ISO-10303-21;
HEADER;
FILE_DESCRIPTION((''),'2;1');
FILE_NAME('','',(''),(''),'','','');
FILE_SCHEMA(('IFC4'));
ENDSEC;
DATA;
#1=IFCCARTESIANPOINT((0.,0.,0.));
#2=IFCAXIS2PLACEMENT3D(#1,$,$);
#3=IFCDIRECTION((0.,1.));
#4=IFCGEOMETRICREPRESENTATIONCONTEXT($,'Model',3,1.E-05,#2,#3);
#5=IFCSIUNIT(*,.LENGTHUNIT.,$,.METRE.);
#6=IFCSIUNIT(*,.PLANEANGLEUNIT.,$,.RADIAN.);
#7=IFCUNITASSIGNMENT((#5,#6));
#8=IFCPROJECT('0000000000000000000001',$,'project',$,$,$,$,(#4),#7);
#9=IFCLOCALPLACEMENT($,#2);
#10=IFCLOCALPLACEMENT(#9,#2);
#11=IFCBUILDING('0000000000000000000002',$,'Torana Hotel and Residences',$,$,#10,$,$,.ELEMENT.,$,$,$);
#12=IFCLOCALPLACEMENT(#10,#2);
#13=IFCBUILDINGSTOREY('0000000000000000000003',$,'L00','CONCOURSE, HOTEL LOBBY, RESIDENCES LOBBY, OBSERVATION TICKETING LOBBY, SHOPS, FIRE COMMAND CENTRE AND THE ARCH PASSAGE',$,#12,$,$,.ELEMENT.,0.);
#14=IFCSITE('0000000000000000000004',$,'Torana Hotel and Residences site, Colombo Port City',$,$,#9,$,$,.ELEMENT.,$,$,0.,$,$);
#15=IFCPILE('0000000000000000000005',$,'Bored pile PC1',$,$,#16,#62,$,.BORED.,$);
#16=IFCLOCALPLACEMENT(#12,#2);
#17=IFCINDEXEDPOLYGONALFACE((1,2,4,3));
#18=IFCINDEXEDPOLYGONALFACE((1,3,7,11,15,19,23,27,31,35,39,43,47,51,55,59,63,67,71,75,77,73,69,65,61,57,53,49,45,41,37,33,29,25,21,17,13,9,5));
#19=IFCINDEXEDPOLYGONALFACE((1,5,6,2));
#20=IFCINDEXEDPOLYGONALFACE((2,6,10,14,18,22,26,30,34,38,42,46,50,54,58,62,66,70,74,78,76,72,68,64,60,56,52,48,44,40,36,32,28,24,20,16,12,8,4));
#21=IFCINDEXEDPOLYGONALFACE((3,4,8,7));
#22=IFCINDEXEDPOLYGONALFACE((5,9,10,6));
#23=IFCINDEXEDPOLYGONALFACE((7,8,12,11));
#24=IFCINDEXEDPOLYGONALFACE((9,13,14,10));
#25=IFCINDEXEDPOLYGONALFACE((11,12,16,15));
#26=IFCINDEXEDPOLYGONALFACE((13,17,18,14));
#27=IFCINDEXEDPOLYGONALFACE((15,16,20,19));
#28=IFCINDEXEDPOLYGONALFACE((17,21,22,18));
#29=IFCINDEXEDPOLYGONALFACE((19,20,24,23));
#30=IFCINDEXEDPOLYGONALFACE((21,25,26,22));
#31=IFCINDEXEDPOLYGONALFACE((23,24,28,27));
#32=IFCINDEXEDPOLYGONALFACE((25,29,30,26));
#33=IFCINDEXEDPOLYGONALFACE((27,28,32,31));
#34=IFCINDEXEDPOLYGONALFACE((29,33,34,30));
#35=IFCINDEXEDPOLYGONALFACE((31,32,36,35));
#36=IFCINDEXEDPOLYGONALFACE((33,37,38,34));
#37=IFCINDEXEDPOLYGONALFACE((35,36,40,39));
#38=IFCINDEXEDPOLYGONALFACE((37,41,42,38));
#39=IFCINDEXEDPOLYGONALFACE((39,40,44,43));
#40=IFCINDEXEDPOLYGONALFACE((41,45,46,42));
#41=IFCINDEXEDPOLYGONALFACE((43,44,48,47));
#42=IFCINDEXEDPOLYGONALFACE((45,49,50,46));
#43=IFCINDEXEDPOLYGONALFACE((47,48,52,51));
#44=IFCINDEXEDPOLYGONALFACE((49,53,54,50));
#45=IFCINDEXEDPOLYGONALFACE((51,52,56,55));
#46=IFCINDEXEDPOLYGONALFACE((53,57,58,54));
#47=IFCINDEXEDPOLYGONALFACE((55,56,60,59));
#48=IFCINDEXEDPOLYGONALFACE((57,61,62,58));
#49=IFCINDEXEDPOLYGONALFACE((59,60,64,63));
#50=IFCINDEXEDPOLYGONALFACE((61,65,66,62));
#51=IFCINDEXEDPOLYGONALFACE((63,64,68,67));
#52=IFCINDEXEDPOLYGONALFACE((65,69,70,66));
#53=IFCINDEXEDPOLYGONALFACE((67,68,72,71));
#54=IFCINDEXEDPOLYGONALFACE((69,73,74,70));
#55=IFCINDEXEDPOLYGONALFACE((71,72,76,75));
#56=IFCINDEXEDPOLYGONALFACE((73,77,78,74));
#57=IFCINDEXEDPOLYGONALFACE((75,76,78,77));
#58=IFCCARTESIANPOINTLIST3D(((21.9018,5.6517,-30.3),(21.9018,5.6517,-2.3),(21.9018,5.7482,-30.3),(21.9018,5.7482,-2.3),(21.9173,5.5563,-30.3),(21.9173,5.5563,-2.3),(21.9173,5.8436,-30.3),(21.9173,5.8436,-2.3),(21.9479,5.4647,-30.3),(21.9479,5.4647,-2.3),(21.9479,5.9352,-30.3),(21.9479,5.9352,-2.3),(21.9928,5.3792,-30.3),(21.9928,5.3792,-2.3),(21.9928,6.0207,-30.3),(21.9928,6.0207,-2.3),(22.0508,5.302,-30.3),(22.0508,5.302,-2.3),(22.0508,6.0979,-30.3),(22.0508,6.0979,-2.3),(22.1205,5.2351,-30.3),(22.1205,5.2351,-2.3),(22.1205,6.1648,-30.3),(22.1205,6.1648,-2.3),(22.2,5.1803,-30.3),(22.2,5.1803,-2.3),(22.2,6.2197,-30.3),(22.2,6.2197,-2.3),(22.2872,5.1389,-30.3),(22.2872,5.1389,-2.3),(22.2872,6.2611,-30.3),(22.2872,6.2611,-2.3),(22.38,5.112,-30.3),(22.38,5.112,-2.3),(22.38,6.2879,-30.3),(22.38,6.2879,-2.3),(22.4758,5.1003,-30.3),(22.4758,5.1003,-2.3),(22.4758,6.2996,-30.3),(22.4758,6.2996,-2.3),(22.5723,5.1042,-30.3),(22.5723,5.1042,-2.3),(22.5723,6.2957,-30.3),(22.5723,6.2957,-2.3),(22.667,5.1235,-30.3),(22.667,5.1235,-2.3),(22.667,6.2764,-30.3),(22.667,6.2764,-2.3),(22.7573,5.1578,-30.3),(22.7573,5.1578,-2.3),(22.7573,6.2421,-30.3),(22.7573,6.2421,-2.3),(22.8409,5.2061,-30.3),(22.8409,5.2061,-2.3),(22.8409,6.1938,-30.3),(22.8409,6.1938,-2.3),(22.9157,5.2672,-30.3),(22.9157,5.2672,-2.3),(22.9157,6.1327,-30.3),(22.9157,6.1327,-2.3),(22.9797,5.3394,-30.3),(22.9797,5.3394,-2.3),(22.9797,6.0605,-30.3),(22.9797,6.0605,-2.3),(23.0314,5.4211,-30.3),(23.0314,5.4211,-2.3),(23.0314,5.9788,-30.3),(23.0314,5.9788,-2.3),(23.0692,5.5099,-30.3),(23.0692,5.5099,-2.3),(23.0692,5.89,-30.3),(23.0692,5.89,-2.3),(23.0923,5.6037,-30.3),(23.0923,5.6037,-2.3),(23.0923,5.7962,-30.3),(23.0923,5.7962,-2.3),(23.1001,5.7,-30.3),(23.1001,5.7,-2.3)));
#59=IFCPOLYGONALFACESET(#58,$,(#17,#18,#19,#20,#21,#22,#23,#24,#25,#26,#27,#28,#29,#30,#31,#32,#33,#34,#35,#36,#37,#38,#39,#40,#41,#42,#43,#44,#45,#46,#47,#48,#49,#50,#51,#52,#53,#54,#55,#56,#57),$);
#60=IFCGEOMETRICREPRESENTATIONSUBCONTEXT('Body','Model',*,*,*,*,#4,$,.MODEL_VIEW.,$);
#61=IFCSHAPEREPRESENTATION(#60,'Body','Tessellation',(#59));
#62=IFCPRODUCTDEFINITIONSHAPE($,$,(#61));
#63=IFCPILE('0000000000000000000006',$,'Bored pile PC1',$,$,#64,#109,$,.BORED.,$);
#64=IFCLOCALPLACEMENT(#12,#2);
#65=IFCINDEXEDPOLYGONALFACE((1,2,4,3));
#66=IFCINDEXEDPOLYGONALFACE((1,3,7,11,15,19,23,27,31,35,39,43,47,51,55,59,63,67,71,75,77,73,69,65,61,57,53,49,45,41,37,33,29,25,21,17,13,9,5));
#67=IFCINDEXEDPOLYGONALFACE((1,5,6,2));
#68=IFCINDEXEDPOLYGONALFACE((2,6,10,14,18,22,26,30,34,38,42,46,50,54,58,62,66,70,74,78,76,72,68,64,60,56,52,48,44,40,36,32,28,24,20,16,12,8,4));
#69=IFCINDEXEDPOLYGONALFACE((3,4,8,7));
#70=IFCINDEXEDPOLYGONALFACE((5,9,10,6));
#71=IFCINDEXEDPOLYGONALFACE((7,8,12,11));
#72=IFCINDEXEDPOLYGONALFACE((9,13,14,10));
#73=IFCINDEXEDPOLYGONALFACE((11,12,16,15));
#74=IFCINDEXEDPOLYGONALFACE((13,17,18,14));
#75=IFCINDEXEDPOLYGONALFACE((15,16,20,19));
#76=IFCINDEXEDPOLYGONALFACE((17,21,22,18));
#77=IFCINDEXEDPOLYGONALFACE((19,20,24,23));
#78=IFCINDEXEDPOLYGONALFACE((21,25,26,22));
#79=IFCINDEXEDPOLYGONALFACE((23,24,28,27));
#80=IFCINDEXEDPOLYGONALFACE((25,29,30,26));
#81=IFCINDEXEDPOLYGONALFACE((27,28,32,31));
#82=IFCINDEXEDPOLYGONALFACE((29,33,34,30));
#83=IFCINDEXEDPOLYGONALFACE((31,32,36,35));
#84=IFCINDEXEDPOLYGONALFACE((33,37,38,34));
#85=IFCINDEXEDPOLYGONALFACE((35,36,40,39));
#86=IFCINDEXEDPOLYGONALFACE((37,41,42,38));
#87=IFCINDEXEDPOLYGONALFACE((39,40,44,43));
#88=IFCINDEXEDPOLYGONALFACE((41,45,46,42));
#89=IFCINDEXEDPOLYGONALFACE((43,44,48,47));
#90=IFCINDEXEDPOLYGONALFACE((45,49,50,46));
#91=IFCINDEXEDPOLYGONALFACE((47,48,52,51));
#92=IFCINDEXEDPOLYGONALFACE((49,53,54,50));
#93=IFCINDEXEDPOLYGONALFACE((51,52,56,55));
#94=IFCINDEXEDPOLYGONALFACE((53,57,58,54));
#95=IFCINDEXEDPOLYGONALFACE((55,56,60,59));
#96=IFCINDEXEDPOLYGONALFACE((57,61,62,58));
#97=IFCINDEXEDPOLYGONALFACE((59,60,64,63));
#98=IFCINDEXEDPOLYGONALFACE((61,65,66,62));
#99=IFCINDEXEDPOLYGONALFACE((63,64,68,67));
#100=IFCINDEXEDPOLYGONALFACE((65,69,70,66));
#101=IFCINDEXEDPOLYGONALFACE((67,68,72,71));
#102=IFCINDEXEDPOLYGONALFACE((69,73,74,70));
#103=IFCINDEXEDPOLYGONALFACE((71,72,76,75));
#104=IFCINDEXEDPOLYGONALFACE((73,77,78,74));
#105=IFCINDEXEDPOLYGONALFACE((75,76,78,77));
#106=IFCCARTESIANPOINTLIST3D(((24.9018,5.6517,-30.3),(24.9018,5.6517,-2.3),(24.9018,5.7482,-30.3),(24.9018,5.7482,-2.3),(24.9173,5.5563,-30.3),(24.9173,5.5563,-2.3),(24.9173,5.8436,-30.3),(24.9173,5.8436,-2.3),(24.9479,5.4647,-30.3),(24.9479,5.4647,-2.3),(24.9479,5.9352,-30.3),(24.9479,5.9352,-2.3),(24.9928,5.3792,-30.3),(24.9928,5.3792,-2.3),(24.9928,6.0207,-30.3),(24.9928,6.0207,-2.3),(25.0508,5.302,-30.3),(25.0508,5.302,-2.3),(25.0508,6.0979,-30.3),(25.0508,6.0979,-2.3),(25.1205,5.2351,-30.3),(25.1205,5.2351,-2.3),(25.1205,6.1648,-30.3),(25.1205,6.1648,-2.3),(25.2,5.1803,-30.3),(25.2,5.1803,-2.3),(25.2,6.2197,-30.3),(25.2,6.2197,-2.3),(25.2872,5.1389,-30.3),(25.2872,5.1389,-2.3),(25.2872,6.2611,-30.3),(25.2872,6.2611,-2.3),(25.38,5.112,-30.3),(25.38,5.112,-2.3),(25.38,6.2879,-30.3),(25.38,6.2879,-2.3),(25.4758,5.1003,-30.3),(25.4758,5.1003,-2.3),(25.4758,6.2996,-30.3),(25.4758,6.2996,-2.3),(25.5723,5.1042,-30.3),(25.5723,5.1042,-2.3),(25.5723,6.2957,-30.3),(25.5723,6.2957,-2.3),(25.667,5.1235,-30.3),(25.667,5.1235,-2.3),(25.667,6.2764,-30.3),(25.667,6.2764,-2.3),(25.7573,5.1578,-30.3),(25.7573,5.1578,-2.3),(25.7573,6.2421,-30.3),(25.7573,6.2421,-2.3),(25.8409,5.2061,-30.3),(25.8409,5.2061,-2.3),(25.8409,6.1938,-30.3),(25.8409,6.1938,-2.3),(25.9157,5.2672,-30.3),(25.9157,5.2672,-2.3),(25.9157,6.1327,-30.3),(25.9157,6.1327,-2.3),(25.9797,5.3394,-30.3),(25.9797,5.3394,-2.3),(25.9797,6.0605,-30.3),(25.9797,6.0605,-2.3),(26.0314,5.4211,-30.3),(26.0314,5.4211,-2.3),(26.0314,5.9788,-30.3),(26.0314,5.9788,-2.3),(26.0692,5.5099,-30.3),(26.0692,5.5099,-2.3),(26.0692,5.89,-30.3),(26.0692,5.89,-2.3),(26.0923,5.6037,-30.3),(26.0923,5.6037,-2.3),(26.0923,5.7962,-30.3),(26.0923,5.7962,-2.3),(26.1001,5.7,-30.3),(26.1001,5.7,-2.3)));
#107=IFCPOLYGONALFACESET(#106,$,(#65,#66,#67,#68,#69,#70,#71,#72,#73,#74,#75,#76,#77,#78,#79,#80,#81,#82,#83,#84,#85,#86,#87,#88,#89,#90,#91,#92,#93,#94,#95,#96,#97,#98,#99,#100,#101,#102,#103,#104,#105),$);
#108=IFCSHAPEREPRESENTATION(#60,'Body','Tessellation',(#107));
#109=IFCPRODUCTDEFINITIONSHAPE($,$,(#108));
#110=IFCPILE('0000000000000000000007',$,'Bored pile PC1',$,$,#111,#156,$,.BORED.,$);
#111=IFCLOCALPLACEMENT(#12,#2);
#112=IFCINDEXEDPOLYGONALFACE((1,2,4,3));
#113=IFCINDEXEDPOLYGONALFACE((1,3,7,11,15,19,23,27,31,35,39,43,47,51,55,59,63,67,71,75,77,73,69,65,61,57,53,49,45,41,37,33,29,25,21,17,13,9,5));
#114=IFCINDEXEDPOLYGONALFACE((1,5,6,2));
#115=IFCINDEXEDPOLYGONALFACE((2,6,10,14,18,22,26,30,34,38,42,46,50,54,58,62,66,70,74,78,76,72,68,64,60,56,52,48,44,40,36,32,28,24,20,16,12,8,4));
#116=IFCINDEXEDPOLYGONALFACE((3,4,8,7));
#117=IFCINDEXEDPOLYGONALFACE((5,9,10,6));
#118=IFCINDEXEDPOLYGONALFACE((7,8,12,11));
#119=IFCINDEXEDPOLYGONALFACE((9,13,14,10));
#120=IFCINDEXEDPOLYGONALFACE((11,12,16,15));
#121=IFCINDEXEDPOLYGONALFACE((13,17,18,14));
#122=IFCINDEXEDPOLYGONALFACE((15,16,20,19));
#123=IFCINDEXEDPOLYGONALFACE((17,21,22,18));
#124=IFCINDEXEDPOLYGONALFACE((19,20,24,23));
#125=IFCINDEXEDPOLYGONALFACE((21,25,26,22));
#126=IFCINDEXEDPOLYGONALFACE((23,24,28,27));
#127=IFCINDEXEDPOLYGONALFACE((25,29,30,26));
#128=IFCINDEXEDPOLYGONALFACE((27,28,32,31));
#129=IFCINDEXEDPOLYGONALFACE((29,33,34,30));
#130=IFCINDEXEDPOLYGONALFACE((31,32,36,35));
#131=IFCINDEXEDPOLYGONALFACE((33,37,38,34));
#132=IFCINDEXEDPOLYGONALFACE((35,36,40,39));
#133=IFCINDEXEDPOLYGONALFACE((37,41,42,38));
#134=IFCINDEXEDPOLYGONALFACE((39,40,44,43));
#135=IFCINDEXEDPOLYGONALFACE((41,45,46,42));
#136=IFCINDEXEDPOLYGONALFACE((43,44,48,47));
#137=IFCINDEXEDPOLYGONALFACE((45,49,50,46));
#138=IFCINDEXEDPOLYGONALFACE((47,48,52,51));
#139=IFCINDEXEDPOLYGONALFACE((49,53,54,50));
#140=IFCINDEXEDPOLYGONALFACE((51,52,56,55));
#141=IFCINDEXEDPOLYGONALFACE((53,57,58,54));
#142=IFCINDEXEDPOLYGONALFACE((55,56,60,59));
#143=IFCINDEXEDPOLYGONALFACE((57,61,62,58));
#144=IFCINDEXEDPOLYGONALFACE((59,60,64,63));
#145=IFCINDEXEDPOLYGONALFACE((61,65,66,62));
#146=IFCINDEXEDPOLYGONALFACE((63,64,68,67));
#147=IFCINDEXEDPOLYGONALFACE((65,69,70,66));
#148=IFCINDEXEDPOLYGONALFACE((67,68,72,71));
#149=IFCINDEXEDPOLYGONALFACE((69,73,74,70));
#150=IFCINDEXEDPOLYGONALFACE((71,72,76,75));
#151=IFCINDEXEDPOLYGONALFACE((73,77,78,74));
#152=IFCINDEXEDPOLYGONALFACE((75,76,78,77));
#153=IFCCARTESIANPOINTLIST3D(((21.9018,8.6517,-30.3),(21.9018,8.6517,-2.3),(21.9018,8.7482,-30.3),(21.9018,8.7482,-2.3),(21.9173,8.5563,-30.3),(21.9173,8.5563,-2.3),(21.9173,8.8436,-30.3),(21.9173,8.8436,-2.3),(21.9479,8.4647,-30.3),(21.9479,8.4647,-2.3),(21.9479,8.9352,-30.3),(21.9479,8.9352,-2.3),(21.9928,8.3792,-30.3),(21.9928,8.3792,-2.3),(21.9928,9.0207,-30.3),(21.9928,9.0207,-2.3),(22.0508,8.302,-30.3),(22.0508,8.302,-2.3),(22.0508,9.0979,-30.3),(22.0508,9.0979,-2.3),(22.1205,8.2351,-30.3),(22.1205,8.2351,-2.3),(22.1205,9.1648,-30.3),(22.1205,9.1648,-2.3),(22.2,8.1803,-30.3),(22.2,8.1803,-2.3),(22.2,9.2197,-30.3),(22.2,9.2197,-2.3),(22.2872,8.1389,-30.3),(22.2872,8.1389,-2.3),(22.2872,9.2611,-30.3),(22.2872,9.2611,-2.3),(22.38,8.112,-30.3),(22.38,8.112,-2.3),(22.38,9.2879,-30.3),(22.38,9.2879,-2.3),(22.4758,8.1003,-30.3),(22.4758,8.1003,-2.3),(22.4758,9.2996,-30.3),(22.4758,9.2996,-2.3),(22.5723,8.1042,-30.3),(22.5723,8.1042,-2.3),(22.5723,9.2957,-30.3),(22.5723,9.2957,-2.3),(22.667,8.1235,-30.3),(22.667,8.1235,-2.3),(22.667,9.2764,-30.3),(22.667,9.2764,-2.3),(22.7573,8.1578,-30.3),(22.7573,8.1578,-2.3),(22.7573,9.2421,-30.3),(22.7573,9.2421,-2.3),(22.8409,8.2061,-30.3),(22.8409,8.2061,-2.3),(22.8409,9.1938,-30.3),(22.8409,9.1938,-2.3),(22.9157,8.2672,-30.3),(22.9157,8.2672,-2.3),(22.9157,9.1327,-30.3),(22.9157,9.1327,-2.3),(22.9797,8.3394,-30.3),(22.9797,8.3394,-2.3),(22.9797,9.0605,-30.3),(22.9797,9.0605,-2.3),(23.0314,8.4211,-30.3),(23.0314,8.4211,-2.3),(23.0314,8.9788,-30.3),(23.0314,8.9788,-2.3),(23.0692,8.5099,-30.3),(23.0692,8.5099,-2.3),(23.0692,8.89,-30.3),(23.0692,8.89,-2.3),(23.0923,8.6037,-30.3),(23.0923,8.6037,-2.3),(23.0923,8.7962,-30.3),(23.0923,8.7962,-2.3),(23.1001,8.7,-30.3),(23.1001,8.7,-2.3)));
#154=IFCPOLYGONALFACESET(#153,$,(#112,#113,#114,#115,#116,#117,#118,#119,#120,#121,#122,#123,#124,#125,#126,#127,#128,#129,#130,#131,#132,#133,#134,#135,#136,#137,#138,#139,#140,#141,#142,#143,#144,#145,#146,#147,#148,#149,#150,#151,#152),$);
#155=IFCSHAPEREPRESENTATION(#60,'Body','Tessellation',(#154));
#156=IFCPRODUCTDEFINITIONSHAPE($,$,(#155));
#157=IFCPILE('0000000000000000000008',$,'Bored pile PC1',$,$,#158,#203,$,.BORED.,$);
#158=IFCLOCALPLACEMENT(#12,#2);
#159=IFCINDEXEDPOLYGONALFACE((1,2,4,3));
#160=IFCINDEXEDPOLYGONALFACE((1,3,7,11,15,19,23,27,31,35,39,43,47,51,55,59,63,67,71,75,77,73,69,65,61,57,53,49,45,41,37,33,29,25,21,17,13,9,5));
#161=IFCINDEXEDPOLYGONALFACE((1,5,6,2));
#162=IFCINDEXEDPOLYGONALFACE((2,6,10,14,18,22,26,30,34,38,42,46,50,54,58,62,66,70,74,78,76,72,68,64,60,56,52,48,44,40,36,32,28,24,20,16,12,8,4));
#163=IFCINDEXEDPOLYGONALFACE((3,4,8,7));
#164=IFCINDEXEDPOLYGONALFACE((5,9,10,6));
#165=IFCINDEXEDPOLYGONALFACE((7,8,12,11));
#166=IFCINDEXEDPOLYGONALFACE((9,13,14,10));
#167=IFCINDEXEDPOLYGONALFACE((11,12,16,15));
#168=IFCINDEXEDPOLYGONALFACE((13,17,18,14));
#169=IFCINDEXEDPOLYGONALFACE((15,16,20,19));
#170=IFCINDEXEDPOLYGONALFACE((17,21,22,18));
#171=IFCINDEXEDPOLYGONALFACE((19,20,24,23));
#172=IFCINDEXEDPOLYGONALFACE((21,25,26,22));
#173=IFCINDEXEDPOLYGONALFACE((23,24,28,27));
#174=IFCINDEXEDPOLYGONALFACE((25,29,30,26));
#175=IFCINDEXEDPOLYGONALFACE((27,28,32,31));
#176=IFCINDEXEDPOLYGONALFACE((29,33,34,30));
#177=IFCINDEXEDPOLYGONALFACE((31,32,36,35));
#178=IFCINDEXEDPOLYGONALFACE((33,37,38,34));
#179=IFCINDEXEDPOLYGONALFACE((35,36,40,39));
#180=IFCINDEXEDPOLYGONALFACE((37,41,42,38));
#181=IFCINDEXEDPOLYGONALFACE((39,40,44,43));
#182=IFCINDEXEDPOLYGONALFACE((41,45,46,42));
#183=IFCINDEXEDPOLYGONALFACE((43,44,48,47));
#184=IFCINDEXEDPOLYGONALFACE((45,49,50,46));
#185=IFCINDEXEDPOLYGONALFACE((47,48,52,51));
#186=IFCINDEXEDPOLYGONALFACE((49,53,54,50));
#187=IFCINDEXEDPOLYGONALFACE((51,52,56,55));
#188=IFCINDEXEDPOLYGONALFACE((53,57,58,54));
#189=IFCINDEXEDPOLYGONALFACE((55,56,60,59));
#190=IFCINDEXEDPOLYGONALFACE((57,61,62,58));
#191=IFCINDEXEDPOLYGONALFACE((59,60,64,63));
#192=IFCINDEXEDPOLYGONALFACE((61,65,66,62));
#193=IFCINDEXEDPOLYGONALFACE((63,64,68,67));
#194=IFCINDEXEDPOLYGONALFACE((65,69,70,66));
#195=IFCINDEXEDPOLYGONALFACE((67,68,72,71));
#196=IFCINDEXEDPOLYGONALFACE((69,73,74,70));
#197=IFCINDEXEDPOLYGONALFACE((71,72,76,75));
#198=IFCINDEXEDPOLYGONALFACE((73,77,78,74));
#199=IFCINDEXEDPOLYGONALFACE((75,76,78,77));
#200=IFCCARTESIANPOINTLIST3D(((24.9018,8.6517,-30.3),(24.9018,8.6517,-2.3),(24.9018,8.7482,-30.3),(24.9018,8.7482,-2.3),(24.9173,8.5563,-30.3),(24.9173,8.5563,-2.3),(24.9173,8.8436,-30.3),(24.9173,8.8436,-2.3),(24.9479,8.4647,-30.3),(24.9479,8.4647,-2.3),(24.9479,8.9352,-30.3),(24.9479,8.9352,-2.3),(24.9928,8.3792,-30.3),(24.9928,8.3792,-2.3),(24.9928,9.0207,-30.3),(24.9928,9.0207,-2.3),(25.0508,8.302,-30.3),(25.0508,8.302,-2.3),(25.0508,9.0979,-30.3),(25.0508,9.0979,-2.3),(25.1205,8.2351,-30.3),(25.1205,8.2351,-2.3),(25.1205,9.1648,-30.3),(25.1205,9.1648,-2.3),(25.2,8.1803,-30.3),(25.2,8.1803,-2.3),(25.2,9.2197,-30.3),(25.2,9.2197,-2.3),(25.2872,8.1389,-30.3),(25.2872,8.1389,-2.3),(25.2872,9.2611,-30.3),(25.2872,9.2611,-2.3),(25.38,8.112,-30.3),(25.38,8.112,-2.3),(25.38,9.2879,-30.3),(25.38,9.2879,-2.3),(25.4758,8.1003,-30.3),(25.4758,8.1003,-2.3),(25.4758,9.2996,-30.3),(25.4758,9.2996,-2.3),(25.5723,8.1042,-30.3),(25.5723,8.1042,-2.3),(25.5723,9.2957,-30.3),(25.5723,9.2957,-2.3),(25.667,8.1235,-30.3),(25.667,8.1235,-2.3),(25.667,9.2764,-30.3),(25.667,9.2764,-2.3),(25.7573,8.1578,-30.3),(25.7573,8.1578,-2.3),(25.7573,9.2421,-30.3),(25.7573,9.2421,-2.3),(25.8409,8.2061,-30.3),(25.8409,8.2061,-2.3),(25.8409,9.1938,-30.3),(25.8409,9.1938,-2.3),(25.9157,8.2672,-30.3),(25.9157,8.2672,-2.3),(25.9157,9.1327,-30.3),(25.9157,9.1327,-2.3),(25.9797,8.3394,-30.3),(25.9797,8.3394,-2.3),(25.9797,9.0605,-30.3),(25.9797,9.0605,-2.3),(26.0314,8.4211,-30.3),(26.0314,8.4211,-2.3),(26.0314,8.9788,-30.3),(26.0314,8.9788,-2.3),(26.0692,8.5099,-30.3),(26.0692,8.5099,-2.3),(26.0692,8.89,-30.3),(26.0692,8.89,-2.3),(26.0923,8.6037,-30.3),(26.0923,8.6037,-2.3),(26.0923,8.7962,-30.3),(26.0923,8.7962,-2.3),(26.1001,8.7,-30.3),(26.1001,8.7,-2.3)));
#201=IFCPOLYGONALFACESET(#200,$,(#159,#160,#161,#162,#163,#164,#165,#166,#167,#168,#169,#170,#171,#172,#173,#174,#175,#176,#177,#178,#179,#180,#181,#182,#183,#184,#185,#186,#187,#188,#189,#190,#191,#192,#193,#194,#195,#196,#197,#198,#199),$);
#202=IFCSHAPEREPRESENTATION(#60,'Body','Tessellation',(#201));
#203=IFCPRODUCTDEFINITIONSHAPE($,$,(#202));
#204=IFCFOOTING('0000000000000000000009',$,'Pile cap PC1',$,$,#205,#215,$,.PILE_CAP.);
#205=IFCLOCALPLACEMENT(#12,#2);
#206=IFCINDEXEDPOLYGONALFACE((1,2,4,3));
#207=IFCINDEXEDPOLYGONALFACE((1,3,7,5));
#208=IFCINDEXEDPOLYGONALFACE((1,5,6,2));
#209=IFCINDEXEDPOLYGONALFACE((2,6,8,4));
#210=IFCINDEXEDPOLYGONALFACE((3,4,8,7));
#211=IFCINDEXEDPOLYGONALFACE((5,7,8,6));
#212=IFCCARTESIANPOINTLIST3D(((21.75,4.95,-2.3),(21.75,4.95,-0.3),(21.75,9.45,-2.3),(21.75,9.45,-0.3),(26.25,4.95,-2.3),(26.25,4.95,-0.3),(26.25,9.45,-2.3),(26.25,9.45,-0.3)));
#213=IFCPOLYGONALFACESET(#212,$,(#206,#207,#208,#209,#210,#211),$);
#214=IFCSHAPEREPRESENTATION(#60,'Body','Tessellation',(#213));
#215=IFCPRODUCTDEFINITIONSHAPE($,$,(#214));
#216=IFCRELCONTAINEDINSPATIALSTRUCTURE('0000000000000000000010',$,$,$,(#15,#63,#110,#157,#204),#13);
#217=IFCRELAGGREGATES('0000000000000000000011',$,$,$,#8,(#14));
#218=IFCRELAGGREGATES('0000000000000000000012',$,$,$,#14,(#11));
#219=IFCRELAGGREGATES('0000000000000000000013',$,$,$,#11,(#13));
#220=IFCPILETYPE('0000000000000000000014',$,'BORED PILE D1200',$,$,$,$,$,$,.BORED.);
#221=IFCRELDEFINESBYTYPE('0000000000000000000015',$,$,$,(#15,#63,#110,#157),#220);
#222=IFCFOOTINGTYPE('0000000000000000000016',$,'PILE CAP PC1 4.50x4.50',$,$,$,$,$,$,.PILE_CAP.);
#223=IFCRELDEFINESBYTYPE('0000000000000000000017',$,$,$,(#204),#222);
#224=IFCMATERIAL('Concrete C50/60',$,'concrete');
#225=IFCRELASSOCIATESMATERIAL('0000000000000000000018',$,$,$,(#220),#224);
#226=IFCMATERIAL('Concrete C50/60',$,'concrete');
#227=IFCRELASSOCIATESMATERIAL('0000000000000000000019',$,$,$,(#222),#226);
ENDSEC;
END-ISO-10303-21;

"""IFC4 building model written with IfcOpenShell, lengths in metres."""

from ifc_helpers import new_model, si_unit, direction, frame, origin, origin_2d, place, context, subcontext, project, spatial, rectangle, circle, extrude, material, type_object, element, save


model = new_model("IFC4")

# Units and contexts
model_context = context("Model", 3, precision=1e-05, world=origin(), true_north=direction((0.0, 1.0)))
body_context = subcontext(model_context, "Body", "Model", "MODEL_VIEW")
ifc_project = project(units=[si_unit("LENGTHUNIT", "METRE"), si_unit("PLANEANGLEUNIT", "RADIAN")], contexts=[model_context])

# Site, building, storey
site_placement = place(None, origin())
site = spatial("IfcSite", under=ifc_project, at=site_placement, Name="Torana Hotel and Residences site, Colombo Port City", CompositionType="ELEMENT", RefElevation=0.0)
building_placement = place(site_placement, origin())
building = spatial("IfcBuilding", under=site, at=building_placement, Name="Torana Hotel and Residences", CompositionType="ELEMENT")
storey_placement = place(building_placement, origin())
storey = spatial("IfcBuildingStorey", under=building, at=storey_placement, Name="L00", Description="CONCOURSE, HOTEL LOBBY, RESIDENCES LOBBY, OBSERVATION TICKETING LOBBY, SHOPS, FIRE COMMAND CENTRE AND THE ARCH PASSAGE", CompositionType="ELEMENT", Elevation=0.0)

# Piles
ifc_material_1 = material(Name="Concrete C50/60", Category="concrete")
pile_type = type_object("IfcPileType", Name="BORED PILE D1200", PredefinedType="BORED", material=ifc_material_1)
for number, where, z_axis, x_axis, name in (
    (1, (22.5, 5.7, -2.3), (0.0, 0.0, -1.0), (1.0, 0.0, 0.0), "Bored pile PC1"),
    (2, (25.5, 5.7, -2.3), (0.0, 0.0, -1.0), (1.0, 0.0, 0.0), "Bored pile PC1"),
    (3, (22.5, 8.7, -2.3), (0.0, 0.0, -1.0), (1.0, 0.0, 0.0), "Bored pile PC1"),
    (4, (25.5, 8.7, -2.3), (0.0, 0.0, -1.0), (1.0, 0.0, 0.0), "Bored pile PC1"),
):
    element("IfcPile", number, at=place(storey_placement, frame(where, z_axis=z_axis, x_axis=x_axis)), inside=storey, type_object=pile_type, Name=name, PredefinedType="BORED", context=body_context, shape_type="SweptSolid", body=[
        extrude(circle(Radius=0.6001, at=origin_2d()), origin(), (0.0, 0.0, 1.0), 28.0),
    ])

# Footing
ifc_material_2 = material(Name="Concrete C50/60", Category="concrete")
footing_type = type_object("IfcFootingType", Name="PILE CAP PC1 4.50x4.50", PredefinedType="PILE_CAP", material=ifc_material_2)
footing_placement = place(storey_placement, frame((24.0, 7.2, -2.3), z_axis=(0.0, 0.0, 1.0), x_axis=(1.0, 0.0, 0.0)))
element("IfcFooting", 5, at=footing_placement, inside=storey, type_object=footing_type, Name="Pile cap PC1", PredefinedType="PILE_CAP", context=body_context, shape_type="SweptSolid", body=[
    extrude(rectangle(XDim=4.5, YDim=4.5, at=origin_2d()), origin(), (0.0, 0.0, 1.0), 2.0),
])

save(model, "model.ifc")
